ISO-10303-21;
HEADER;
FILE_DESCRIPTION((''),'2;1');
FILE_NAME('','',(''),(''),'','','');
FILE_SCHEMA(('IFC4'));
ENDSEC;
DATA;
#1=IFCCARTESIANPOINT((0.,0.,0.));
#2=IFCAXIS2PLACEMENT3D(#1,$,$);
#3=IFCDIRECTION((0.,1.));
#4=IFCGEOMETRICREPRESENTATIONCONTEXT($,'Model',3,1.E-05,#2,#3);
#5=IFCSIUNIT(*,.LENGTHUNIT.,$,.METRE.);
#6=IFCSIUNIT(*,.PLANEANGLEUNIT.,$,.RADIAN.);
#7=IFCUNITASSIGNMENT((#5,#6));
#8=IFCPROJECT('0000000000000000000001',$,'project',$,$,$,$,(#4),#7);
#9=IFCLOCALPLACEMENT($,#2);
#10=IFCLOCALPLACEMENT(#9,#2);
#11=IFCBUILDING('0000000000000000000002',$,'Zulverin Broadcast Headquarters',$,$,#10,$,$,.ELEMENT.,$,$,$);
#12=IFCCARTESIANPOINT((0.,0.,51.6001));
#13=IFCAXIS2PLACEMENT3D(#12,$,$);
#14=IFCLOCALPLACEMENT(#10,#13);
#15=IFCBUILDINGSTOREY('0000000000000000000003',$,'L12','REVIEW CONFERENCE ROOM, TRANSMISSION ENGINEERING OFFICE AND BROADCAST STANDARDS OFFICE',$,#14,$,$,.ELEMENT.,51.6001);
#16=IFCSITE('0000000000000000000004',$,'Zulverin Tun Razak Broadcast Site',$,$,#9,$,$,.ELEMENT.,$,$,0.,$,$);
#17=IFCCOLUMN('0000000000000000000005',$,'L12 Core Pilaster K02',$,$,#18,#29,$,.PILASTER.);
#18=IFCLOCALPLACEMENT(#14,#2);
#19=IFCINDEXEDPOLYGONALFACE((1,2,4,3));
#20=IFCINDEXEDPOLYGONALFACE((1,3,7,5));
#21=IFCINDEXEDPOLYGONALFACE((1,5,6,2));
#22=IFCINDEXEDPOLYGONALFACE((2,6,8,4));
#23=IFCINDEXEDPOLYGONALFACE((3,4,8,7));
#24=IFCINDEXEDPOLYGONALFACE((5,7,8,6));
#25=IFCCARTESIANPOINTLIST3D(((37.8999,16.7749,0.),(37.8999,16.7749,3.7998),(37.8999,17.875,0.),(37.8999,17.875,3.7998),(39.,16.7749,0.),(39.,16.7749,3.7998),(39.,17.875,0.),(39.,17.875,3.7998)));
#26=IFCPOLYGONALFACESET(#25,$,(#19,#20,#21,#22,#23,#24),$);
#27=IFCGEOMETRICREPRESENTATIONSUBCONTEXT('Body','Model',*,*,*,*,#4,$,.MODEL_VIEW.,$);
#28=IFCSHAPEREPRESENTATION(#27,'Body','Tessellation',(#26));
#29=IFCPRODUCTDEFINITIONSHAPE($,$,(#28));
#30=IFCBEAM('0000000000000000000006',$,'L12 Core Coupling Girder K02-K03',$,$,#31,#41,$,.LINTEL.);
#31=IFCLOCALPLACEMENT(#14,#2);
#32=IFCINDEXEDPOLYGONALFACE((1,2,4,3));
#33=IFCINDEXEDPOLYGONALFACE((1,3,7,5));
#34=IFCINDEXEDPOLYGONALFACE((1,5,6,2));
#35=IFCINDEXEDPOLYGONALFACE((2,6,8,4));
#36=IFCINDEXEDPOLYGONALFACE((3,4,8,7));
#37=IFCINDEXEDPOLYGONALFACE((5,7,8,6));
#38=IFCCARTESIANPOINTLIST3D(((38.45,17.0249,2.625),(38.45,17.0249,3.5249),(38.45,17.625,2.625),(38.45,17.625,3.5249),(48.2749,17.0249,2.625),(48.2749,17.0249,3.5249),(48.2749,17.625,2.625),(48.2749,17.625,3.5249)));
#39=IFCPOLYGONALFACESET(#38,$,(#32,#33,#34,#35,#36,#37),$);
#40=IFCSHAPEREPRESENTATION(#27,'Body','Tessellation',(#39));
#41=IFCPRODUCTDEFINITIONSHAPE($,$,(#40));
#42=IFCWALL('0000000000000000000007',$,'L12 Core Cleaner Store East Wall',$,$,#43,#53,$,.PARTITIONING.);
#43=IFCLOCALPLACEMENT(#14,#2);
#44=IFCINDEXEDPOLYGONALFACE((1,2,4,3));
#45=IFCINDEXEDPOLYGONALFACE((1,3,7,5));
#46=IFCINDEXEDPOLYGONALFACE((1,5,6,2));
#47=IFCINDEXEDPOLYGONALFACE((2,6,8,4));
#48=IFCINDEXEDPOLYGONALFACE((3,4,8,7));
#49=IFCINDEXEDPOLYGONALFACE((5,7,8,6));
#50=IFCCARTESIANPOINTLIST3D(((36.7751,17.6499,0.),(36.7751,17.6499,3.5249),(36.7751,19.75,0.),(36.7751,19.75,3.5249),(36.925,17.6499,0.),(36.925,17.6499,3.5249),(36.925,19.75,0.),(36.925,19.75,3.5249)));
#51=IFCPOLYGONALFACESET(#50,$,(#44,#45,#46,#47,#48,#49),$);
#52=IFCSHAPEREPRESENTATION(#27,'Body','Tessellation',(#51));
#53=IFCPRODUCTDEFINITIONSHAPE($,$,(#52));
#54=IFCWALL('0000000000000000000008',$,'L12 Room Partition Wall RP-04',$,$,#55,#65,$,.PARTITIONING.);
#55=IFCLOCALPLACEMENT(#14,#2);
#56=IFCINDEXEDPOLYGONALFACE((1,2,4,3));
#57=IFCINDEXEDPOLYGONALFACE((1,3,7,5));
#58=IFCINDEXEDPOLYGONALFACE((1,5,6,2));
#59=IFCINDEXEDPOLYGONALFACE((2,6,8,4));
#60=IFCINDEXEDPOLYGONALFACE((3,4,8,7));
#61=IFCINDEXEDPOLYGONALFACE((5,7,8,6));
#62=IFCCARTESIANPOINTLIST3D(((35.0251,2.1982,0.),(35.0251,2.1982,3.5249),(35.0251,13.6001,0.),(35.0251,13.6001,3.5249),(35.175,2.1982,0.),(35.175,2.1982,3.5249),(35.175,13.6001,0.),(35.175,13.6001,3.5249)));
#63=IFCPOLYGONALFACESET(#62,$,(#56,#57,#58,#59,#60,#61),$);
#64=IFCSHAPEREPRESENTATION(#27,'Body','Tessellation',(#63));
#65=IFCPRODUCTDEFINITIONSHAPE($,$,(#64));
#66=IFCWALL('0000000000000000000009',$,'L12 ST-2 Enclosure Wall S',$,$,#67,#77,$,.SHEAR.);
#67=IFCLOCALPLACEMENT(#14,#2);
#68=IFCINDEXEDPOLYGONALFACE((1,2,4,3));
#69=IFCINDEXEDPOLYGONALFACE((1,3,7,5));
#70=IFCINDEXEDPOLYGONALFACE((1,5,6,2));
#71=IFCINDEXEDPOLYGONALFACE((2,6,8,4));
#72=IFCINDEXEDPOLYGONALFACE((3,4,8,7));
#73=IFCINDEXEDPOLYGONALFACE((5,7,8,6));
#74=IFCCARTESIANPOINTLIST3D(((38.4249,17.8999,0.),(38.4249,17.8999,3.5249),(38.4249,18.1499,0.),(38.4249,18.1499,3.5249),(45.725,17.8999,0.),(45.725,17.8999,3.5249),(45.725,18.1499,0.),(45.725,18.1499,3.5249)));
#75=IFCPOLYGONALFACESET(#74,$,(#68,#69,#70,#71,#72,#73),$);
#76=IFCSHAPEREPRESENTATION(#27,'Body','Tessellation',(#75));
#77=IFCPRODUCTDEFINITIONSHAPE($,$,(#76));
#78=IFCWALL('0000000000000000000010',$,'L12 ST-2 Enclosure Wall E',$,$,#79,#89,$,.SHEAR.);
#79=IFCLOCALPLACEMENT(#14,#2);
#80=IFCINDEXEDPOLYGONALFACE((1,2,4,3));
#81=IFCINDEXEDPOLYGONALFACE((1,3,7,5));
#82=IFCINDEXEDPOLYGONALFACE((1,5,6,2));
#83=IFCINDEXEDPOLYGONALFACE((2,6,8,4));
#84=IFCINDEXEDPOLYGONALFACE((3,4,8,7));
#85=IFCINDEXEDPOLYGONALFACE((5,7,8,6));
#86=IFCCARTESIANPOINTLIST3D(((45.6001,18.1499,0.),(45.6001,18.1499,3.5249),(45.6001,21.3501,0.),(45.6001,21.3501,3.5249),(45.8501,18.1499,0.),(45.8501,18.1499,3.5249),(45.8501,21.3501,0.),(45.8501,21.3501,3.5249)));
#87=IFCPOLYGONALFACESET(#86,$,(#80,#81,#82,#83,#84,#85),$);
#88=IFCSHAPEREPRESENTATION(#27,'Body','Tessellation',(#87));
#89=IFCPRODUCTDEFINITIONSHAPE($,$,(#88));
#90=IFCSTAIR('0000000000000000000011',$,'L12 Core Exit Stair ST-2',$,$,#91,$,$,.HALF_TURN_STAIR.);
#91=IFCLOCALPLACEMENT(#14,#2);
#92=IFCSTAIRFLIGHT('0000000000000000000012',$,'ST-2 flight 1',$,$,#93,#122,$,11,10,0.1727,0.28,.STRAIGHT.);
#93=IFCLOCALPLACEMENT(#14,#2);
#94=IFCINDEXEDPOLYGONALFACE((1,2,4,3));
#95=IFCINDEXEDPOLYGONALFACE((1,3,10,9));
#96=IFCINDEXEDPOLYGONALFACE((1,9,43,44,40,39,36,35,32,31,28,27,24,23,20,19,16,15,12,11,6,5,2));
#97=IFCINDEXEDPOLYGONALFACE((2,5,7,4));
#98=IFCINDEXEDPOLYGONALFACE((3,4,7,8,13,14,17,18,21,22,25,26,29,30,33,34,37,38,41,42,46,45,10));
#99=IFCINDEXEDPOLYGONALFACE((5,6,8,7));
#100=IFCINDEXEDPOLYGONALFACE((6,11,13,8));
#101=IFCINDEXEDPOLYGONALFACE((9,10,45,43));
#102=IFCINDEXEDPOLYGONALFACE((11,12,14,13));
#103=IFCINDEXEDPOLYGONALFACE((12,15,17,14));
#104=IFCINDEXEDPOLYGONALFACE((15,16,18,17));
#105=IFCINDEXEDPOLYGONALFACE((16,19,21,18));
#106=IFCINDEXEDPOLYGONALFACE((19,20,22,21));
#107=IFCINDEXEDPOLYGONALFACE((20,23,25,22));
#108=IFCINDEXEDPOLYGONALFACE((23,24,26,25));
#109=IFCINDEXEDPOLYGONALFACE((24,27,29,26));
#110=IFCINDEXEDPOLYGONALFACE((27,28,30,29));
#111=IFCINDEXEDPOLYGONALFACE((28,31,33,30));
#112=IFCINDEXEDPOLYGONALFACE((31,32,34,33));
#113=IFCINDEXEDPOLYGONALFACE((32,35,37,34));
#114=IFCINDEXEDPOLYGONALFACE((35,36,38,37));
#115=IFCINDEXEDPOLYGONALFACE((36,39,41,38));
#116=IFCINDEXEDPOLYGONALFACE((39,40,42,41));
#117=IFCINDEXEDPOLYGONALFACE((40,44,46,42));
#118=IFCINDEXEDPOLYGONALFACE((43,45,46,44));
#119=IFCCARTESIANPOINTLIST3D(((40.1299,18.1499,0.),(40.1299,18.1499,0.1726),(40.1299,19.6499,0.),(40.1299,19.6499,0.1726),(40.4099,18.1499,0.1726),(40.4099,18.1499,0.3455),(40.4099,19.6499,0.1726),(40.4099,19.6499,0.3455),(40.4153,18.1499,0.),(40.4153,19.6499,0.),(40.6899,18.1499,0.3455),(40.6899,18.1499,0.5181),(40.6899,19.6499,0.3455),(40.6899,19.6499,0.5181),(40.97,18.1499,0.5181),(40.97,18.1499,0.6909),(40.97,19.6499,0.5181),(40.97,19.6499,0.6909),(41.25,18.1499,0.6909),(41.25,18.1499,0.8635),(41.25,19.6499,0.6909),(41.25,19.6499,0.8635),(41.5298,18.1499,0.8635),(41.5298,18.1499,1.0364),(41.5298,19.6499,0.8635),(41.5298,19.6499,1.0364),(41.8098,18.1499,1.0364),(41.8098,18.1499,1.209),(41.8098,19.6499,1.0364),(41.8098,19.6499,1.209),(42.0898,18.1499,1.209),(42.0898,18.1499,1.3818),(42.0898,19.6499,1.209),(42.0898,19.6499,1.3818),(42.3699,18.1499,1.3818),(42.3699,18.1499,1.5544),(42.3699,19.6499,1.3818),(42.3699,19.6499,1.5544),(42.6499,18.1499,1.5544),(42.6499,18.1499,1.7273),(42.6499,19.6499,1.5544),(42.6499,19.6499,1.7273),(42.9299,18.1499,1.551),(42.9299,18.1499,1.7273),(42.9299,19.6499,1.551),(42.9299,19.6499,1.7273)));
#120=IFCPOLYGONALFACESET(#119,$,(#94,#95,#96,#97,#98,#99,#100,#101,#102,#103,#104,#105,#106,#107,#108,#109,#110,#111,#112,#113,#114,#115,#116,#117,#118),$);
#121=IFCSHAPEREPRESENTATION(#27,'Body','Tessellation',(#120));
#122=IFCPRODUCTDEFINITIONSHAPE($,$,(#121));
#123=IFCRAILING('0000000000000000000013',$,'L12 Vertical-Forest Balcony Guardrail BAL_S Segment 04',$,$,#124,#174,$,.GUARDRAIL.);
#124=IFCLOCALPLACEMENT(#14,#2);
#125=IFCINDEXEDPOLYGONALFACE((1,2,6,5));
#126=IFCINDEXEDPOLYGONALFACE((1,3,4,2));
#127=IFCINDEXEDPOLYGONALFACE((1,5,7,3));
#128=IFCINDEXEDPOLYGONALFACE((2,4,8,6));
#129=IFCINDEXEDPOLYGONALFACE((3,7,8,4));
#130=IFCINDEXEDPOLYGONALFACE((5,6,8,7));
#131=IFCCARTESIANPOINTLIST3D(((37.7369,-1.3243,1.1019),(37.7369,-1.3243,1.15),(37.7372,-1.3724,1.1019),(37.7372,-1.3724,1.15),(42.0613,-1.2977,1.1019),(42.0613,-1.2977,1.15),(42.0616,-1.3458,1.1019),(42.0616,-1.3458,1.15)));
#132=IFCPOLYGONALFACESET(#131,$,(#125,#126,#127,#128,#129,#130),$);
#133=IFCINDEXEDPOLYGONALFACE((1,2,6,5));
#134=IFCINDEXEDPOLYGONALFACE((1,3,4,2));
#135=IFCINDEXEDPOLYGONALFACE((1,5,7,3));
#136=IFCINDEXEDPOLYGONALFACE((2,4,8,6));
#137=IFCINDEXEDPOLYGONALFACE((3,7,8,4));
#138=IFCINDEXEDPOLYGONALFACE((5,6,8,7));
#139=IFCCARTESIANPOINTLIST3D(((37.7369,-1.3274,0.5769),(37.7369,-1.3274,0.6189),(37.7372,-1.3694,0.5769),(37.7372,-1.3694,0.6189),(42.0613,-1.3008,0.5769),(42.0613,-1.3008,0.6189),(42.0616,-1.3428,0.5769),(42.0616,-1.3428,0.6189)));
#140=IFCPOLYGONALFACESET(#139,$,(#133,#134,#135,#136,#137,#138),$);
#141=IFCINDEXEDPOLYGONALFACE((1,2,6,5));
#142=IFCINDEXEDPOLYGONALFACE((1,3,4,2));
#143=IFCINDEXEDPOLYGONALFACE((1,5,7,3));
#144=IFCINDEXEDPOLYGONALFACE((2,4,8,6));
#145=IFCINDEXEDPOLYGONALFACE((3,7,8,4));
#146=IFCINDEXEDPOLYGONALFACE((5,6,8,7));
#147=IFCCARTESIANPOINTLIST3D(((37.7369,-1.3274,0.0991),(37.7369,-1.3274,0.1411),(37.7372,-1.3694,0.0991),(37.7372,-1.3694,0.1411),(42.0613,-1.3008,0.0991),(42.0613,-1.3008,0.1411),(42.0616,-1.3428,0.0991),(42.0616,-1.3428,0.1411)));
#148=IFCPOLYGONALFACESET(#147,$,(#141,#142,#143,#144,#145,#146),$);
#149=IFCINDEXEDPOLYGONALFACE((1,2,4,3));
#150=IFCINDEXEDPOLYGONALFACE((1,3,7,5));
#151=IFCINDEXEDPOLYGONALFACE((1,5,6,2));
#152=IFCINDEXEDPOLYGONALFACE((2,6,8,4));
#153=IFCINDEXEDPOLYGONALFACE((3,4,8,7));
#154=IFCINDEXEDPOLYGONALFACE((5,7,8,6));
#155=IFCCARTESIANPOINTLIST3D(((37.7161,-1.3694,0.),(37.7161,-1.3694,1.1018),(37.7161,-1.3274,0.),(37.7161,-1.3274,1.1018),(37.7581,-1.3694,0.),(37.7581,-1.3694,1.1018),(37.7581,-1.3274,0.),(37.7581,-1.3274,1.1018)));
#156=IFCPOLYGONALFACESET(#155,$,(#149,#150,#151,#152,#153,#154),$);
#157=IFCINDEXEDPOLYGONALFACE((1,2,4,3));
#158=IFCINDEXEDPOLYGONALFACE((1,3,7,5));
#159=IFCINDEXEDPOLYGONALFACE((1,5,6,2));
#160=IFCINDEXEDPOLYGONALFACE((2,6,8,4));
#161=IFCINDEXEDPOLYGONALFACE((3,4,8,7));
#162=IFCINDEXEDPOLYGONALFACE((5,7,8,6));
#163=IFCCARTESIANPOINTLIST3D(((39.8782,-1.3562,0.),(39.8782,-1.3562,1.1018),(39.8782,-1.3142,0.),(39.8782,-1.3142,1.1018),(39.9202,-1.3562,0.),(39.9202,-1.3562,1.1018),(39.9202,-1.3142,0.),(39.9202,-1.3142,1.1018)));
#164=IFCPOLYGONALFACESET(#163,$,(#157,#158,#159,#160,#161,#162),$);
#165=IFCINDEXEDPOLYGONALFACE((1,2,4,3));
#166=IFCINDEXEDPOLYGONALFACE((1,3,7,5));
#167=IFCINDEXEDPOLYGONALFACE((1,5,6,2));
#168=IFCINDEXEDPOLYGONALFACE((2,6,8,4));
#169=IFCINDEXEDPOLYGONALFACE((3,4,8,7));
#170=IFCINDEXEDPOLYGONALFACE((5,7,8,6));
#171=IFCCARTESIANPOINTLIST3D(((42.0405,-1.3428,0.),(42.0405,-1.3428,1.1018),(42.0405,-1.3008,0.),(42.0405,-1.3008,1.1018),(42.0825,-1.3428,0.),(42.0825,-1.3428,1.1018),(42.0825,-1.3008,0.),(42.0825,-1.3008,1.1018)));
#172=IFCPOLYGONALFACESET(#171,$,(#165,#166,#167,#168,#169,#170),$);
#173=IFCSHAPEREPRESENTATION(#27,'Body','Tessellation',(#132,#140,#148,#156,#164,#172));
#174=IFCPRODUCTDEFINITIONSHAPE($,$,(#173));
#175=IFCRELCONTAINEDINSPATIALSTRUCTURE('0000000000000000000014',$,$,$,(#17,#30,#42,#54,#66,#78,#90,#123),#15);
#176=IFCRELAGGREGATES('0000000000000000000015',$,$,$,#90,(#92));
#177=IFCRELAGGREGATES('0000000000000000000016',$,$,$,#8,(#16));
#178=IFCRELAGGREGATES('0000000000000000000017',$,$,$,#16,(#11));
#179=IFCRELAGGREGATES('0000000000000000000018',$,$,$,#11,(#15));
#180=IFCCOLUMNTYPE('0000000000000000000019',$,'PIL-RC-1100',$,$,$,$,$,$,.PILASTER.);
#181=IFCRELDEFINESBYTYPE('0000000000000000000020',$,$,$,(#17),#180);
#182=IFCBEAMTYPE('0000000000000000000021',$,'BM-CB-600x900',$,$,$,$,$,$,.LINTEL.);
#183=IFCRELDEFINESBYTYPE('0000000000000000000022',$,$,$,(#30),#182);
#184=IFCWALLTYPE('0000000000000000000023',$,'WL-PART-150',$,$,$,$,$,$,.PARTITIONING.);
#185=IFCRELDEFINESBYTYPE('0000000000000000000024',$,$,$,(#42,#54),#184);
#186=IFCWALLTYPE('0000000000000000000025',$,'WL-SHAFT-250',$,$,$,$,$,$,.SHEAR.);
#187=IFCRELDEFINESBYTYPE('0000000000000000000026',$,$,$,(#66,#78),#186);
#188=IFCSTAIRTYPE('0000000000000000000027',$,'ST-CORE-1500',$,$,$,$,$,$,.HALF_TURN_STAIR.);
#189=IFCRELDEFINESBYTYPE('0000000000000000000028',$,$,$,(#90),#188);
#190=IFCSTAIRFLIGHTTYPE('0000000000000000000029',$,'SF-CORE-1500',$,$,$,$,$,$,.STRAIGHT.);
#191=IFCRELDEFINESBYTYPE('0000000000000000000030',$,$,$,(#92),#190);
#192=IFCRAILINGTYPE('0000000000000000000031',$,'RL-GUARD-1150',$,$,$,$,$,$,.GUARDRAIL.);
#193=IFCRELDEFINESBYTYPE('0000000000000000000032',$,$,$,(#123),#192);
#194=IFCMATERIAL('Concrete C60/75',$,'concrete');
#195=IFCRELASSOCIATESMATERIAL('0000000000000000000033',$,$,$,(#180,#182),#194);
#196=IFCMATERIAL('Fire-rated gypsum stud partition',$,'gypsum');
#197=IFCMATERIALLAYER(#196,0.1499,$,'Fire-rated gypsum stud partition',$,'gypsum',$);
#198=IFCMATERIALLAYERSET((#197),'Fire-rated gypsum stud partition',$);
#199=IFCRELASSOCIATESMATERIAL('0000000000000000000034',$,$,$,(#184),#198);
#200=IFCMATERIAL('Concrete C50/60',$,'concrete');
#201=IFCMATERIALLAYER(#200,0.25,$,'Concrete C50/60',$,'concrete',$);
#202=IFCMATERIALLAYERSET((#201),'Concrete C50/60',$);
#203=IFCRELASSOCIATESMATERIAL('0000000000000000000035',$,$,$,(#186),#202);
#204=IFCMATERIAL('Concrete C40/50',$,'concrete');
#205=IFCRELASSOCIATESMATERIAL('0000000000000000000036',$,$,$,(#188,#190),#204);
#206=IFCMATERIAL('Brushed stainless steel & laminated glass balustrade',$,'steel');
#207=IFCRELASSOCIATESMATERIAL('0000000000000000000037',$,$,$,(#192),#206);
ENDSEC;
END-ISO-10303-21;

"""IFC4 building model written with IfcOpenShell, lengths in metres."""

from ifc_helpers import new_model, si_unit, direction, frame, frame_2d, origin, origin_2d, place, context, subcontext, project, spatial, polyline, rectangle, outline, extrude, material, layer, layer_set, material_profile, profile_set, type_object, element, aggregate, save


model = new_model("IFC4")

# Units and contexts
model_context = context("Model", 3, precision=1e-05, world=origin(), true_north=direction((0.0, 1.0)))
body_context = subcontext(model_context, "Body", "Model", "MODEL_VIEW")
ifc_project = project(units=[si_unit("LENGTHUNIT", "METRE"), si_unit("PLANEANGLEUNIT", "RADIAN")], contexts=[model_context])

# Site, building, storey
site_placement = place(None, origin())
site = spatial("IfcSite", under=ifc_project, at=site_placement, Name="Zulverin Tun Razak Broadcast Site", CompositionType="ELEMENT", RefElevation=0.0)
building_placement = place(site_placement, origin())
building = spatial("IfcBuilding", under=site, at=building_placement, Name="Zulverin Broadcast Headquarters", CompositionType="ELEMENT")
storey_placement = place(building_placement, frame((0.0, 0.0, 51.6001)))
storey = spatial("IfcBuildingStorey", under=building, at=storey_placement, Name="L12", Description="REVIEW CONFERENCE ROOM, TRANSMISSION ENGINEERING OFFICE AND BROADCAST STANDARDS OFFICE", CompositionType="ELEMENT", Elevation=51.6001)

# Column
ifc_material_1 = material(Name="Concrete C60/75", Category="concrete")
ifc_material_profile_1 = material_profile(ifc_material_1, rectangle(XDim=1.1001, YDim=1.1001, at=origin_2d()), Name="Concrete C60/75", Category="concrete")
ifc_profile_set_1 = profile_set([ifc_material_profile_1], Name="Concrete C60/75")
column_type = type_object("IfcColumnType", Name="PIL-RC-1100", PredefinedType="PILASTER", material=ifc_profile_set_1)
column_placement = place(storey_placement, frame((38.45, 17.325, 0.0), z_axis=(0.0, 0.0, 1.0), x_axis=(1.0, 0.0, 0.0)))
element("IfcColumn", 1, at=column_placement, inside=storey, type_object=column_type, Name="L12 Core Pilaster K02", PredefinedType="PILASTER", context=body_context, shape_type="SweptSolid", body=[
    extrude(rectangle(XDim=1.1001, YDim=1.1001, at=origin_2d()), origin(), (0.0, 0.0, 1.0), 3.7998),
])

# Beam
ifc_material_profile_2 = material_profile(ifc_material_1, rectangle(XDim=0.6001, YDim=0.8999, at=origin_2d()), Name="Concrete C60/75", Category="concrete")
ifc_profile_set_2 = profile_set([ifc_material_profile_2], Name="Concrete C60/75")
beam_type = type_object("IfcBeamType", Name="BM-CB-600x900", PredefinedType="LINTEL", material=ifc_profile_set_2)
beam_placement = place(storey_placement, frame((38.45, 17.325, 3.075), z_axis=(1.0, 0.0, 0.0), x_axis=(0.0, 1.0, 0.0)))
element("IfcBeam", 2, at=beam_placement, inside=storey, type_object=beam_type, Name="L12 Core Coupling Girder K02-K03", PredefinedType="LINTEL", context=body_context, shape_type="SweptSolid", body=[
    extrude(rectangle(XDim=0.6001, YDim=0.8999, at=origin_2d()), origin(), (0.0, 0.0, 1.0), 9.825),
])

# Walls
ifc_material_2 = material(Name="Fire-rated gypsum stud partition", Category="gypsum")
ifc_layer_1 = layer(ifc_material_2, 0.1499, Name="Fire-rated gypsum stud partition", Category="gypsum")
ifc_layer_set_1 = layer_set([ifc_layer_1], Name="Fire-rated gypsum stud partition")
wall_type_1 = type_object("IfcWallType", Name="WL-PART-150", PredefinedType="PARTITIONING", material=ifc_layer_set_1)
wall_1_placement = place(storey_placement, frame((36.8501, 17.6499, 0.0), z_axis=(0.0, 0.0, 1.0), x_axis=(0.0, 1.0, 0.0)))
element("IfcWall", 3, at=wall_1_placement, inside=storey, type_object=wall_type_1, Name="L12 Core Cleaner Store East Wall", PredefinedType="PARTITIONING", context=body_context, shape_type="SweptSolid", body=[
    extrude(rectangle(XDim=2.1001, YDim=0.1499, at=frame_2d((1.05, 0.0))), origin(), (0.0, 0.0, 1.0), 3.5249),
])
wall_2_placement = place(storey_placement, frame((35.1001, 2.1982, 0.0), z_axis=(0.0, 0.0, 1.0), x_axis=(0.0, 1.0, 0.0)))
element("IfcWall", 4, at=wall_2_placement, inside=storey, type_object=wall_type_1, Name="L12 Room Partition Wall RP-04", PredefinedType="PARTITIONING", context=body_context, shape_type="SweptSolid", body=[
    extrude(rectangle(XDim=11.4019, YDim=0.1499, at=frame_2d((5.7009, 0.0))), origin(), (0.0, 0.0, 1.0), 3.5249),
])
ifc_material_3 = material(Name="Concrete C50/60", Category="concrete")
ifc_layer_2 = layer(ifc_material_3, 0.25, Name="Concrete C50/60", Category="concrete")
ifc_layer_set_2 = layer_set([ifc_layer_2], Name="Concrete C50/60")
wall_type_2 = type_object("IfcWallType", Name="WL-SHAFT-250", PredefinedType="SHEAR", material=ifc_layer_set_2)
wall_3_placement = place(storey_placement, frame((38.425, 18.0249, 0.0), z_axis=(0.0, 0.0, 1.0), x_axis=(1.0, 0.0, 0.0)))
element("IfcWall", 5, at=wall_3_placement, inside=storey, type_object=wall_type_2, Name="L12 ST-2 Enclosure Wall S", PredefinedType="SHEAR", context=body_context, shape_type="SweptSolid", body=[
    extrude(rectangle(XDim=7.3, YDim=0.25, at=frame_2d((3.6499, 0.0))), origin(), (0.0, 0.0, 1.0), 3.5249),
])

# Wall
wall_4_placement = place(storey_placement, frame((45.7251, 18.1499, 0.0), z_axis=(0.0, 0.0, 1.0), x_axis=(0.0, 1.0, 0.0)))
element("IfcWall", 6, at=wall_4_placement, inside=storey, type_object=wall_type_2, Name="L12 ST-2 Enclosure Wall E", PredefinedType="SHEAR", context=body_context, shape_type="SweptSolid", body=[
    extrude(rectangle(XDim=3.2002, YDim=0.25, at=frame_2d((1.6001, 0.0))), origin(), (0.0, 0.0, 1.0), 3.5249),
])

# Stair, stair flight
ifc_material_4 = material(Name="Concrete C40/50", Category="concrete")
stair_type = type_object("IfcStairType", Name="ST-CORE-1500", PredefinedType="HALF_TURN_STAIR", material=ifc_material_4)
stair_placement = place(storey_placement, origin())
stair = element("IfcStair", 7, at=stair_placement, inside=storey, type_object=stair_type, Name="L12 Core Exit Stair ST-2", PredefinedType="HALF_TURN_STAIR")
stair_flight_type = type_object("IfcStairFlightType", Name="SF-CORE-1500", PredefinedType="STRAIGHT", material=ifc_material_4)
stair_flight_placement = place(storey_placement, frame((40.1299, 18.8999, 0.0), z_axis=(0.0, 0.0, 1.0), x_axis=(1.0, 0.0, 0.0)))
stair_flight = element("IfcStairFlight", 8, at=stair_flight_placement, type_object=stair_flight_type, Name="ST-2 flight 1", NumberOfRisers=11, NumberOfTreads=10, PredefinedType="STRAIGHT", RiserHeight=0.1727, TreadLength=0.28, context=body_context, shape_type="SweptSolid", body=[
    extrude(outline(polyline([(0.0, 0.0), (0.0, 0.1726), (0.28, 0.1726), (0.28, 0.3455), (0.5601, 0.3455), (0.5601, 0.5181), (0.8401, 0.5181), (0.8401, 0.6909), (1.1201, 0.6909), (1.1201, 0.8635), (1.3999, 0.8635), (1.3999, 1.0364), (1.6799, 1.0364), (1.6799, 1.209), (1.96, 1.209), (1.96, 1.3818), (2.24, 1.3818), (2.24, 1.5544), (2.52, 1.5544), (2.52, 1.7273), (2.8, 1.7273), (2.8, 1.8999), (2.8, 1.551), (0.2854, 0.0), (0.0, 0.0)])), frame((0.0, 0.75, 0.0), z_axis=(0.0, -1.0, 0.0), x_axis=(1.0, 0.0, 0.0)), (0.0, 0.0, 1.0), 1.5),
])
aggregate(stair, [stair_flight])

# Railing
ifc_material_5 = material(Name="Brushed stainless steel & laminated glass balustrade", Category="steel")
railing_type_1 = type_object("IfcRailingType", Name="RL-GUARD-1150", PredefinedType="GUARDRAIL", material=ifc_material_5)
railing_1_placement = place(storey_placement, frame((37.7371, -1.3484, 0.0)))
element("IfcRailing", 9, at=railing_1_placement, inside=storey, type_object=railing_type_1, Name="L12 Vertical-Forest Balcony Guardrail BAL_S Segment 04", PredefinedType="GUARDRAIL", context=body_context, shape_type="SweptSolid", body=[
    extrude(rectangle(XDim=0.0481, YDim=0.0481, at=origin_2d()), frame((0.0, 0.0, 1.126), z_axis=(0.999981, 0.006154, 0.0), x_axis=(-0.006154, 0.999981, 0.0)), (0.0, 0.0, 1.0), 4.3245),
    extrude(rectangle(XDim=0.042, YDim=0.042, at=origin_2d()), frame((0.0, 0.0, 0.5979), z_axis=(0.999981, 0.006154, 0.0), x_axis=(-0.006154, 0.999981, 0.0)), (0.0, 0.0, 1.0), 4.3245),
    extrude(rectangle(XDim=0.042, YDim=0.042, at=origin_2d()), frame((0.0, 0.0, 0.1201), z_axis=(0.999981, 0.006154, 0.0), x_axis=(-0.006154, 0.999981, 0.0)), (0.0, 0.0, 1.0), 4.3245),
    extrude(rectangle(XDim=0.042, YDim=0.042, at=origin_2d()), origin(), (0.0, 0.0, 1.0), 1.1018),
    extrude(rectangle(XDim=0.042, YDim=0.042, at=origin_2d()), frame((2.1621, 0.0132, 0.0)), (0.0, 0.0, 1.0), 1.1018),
    extrude(rectangle(XDim=0.042, YDim=0.042, at=origin_2d()), frame((4.3245, 0.0266, 0.0)), (0.0, 0.0, 1.0), 1.1018),
])

save(model, "model.ifc")
